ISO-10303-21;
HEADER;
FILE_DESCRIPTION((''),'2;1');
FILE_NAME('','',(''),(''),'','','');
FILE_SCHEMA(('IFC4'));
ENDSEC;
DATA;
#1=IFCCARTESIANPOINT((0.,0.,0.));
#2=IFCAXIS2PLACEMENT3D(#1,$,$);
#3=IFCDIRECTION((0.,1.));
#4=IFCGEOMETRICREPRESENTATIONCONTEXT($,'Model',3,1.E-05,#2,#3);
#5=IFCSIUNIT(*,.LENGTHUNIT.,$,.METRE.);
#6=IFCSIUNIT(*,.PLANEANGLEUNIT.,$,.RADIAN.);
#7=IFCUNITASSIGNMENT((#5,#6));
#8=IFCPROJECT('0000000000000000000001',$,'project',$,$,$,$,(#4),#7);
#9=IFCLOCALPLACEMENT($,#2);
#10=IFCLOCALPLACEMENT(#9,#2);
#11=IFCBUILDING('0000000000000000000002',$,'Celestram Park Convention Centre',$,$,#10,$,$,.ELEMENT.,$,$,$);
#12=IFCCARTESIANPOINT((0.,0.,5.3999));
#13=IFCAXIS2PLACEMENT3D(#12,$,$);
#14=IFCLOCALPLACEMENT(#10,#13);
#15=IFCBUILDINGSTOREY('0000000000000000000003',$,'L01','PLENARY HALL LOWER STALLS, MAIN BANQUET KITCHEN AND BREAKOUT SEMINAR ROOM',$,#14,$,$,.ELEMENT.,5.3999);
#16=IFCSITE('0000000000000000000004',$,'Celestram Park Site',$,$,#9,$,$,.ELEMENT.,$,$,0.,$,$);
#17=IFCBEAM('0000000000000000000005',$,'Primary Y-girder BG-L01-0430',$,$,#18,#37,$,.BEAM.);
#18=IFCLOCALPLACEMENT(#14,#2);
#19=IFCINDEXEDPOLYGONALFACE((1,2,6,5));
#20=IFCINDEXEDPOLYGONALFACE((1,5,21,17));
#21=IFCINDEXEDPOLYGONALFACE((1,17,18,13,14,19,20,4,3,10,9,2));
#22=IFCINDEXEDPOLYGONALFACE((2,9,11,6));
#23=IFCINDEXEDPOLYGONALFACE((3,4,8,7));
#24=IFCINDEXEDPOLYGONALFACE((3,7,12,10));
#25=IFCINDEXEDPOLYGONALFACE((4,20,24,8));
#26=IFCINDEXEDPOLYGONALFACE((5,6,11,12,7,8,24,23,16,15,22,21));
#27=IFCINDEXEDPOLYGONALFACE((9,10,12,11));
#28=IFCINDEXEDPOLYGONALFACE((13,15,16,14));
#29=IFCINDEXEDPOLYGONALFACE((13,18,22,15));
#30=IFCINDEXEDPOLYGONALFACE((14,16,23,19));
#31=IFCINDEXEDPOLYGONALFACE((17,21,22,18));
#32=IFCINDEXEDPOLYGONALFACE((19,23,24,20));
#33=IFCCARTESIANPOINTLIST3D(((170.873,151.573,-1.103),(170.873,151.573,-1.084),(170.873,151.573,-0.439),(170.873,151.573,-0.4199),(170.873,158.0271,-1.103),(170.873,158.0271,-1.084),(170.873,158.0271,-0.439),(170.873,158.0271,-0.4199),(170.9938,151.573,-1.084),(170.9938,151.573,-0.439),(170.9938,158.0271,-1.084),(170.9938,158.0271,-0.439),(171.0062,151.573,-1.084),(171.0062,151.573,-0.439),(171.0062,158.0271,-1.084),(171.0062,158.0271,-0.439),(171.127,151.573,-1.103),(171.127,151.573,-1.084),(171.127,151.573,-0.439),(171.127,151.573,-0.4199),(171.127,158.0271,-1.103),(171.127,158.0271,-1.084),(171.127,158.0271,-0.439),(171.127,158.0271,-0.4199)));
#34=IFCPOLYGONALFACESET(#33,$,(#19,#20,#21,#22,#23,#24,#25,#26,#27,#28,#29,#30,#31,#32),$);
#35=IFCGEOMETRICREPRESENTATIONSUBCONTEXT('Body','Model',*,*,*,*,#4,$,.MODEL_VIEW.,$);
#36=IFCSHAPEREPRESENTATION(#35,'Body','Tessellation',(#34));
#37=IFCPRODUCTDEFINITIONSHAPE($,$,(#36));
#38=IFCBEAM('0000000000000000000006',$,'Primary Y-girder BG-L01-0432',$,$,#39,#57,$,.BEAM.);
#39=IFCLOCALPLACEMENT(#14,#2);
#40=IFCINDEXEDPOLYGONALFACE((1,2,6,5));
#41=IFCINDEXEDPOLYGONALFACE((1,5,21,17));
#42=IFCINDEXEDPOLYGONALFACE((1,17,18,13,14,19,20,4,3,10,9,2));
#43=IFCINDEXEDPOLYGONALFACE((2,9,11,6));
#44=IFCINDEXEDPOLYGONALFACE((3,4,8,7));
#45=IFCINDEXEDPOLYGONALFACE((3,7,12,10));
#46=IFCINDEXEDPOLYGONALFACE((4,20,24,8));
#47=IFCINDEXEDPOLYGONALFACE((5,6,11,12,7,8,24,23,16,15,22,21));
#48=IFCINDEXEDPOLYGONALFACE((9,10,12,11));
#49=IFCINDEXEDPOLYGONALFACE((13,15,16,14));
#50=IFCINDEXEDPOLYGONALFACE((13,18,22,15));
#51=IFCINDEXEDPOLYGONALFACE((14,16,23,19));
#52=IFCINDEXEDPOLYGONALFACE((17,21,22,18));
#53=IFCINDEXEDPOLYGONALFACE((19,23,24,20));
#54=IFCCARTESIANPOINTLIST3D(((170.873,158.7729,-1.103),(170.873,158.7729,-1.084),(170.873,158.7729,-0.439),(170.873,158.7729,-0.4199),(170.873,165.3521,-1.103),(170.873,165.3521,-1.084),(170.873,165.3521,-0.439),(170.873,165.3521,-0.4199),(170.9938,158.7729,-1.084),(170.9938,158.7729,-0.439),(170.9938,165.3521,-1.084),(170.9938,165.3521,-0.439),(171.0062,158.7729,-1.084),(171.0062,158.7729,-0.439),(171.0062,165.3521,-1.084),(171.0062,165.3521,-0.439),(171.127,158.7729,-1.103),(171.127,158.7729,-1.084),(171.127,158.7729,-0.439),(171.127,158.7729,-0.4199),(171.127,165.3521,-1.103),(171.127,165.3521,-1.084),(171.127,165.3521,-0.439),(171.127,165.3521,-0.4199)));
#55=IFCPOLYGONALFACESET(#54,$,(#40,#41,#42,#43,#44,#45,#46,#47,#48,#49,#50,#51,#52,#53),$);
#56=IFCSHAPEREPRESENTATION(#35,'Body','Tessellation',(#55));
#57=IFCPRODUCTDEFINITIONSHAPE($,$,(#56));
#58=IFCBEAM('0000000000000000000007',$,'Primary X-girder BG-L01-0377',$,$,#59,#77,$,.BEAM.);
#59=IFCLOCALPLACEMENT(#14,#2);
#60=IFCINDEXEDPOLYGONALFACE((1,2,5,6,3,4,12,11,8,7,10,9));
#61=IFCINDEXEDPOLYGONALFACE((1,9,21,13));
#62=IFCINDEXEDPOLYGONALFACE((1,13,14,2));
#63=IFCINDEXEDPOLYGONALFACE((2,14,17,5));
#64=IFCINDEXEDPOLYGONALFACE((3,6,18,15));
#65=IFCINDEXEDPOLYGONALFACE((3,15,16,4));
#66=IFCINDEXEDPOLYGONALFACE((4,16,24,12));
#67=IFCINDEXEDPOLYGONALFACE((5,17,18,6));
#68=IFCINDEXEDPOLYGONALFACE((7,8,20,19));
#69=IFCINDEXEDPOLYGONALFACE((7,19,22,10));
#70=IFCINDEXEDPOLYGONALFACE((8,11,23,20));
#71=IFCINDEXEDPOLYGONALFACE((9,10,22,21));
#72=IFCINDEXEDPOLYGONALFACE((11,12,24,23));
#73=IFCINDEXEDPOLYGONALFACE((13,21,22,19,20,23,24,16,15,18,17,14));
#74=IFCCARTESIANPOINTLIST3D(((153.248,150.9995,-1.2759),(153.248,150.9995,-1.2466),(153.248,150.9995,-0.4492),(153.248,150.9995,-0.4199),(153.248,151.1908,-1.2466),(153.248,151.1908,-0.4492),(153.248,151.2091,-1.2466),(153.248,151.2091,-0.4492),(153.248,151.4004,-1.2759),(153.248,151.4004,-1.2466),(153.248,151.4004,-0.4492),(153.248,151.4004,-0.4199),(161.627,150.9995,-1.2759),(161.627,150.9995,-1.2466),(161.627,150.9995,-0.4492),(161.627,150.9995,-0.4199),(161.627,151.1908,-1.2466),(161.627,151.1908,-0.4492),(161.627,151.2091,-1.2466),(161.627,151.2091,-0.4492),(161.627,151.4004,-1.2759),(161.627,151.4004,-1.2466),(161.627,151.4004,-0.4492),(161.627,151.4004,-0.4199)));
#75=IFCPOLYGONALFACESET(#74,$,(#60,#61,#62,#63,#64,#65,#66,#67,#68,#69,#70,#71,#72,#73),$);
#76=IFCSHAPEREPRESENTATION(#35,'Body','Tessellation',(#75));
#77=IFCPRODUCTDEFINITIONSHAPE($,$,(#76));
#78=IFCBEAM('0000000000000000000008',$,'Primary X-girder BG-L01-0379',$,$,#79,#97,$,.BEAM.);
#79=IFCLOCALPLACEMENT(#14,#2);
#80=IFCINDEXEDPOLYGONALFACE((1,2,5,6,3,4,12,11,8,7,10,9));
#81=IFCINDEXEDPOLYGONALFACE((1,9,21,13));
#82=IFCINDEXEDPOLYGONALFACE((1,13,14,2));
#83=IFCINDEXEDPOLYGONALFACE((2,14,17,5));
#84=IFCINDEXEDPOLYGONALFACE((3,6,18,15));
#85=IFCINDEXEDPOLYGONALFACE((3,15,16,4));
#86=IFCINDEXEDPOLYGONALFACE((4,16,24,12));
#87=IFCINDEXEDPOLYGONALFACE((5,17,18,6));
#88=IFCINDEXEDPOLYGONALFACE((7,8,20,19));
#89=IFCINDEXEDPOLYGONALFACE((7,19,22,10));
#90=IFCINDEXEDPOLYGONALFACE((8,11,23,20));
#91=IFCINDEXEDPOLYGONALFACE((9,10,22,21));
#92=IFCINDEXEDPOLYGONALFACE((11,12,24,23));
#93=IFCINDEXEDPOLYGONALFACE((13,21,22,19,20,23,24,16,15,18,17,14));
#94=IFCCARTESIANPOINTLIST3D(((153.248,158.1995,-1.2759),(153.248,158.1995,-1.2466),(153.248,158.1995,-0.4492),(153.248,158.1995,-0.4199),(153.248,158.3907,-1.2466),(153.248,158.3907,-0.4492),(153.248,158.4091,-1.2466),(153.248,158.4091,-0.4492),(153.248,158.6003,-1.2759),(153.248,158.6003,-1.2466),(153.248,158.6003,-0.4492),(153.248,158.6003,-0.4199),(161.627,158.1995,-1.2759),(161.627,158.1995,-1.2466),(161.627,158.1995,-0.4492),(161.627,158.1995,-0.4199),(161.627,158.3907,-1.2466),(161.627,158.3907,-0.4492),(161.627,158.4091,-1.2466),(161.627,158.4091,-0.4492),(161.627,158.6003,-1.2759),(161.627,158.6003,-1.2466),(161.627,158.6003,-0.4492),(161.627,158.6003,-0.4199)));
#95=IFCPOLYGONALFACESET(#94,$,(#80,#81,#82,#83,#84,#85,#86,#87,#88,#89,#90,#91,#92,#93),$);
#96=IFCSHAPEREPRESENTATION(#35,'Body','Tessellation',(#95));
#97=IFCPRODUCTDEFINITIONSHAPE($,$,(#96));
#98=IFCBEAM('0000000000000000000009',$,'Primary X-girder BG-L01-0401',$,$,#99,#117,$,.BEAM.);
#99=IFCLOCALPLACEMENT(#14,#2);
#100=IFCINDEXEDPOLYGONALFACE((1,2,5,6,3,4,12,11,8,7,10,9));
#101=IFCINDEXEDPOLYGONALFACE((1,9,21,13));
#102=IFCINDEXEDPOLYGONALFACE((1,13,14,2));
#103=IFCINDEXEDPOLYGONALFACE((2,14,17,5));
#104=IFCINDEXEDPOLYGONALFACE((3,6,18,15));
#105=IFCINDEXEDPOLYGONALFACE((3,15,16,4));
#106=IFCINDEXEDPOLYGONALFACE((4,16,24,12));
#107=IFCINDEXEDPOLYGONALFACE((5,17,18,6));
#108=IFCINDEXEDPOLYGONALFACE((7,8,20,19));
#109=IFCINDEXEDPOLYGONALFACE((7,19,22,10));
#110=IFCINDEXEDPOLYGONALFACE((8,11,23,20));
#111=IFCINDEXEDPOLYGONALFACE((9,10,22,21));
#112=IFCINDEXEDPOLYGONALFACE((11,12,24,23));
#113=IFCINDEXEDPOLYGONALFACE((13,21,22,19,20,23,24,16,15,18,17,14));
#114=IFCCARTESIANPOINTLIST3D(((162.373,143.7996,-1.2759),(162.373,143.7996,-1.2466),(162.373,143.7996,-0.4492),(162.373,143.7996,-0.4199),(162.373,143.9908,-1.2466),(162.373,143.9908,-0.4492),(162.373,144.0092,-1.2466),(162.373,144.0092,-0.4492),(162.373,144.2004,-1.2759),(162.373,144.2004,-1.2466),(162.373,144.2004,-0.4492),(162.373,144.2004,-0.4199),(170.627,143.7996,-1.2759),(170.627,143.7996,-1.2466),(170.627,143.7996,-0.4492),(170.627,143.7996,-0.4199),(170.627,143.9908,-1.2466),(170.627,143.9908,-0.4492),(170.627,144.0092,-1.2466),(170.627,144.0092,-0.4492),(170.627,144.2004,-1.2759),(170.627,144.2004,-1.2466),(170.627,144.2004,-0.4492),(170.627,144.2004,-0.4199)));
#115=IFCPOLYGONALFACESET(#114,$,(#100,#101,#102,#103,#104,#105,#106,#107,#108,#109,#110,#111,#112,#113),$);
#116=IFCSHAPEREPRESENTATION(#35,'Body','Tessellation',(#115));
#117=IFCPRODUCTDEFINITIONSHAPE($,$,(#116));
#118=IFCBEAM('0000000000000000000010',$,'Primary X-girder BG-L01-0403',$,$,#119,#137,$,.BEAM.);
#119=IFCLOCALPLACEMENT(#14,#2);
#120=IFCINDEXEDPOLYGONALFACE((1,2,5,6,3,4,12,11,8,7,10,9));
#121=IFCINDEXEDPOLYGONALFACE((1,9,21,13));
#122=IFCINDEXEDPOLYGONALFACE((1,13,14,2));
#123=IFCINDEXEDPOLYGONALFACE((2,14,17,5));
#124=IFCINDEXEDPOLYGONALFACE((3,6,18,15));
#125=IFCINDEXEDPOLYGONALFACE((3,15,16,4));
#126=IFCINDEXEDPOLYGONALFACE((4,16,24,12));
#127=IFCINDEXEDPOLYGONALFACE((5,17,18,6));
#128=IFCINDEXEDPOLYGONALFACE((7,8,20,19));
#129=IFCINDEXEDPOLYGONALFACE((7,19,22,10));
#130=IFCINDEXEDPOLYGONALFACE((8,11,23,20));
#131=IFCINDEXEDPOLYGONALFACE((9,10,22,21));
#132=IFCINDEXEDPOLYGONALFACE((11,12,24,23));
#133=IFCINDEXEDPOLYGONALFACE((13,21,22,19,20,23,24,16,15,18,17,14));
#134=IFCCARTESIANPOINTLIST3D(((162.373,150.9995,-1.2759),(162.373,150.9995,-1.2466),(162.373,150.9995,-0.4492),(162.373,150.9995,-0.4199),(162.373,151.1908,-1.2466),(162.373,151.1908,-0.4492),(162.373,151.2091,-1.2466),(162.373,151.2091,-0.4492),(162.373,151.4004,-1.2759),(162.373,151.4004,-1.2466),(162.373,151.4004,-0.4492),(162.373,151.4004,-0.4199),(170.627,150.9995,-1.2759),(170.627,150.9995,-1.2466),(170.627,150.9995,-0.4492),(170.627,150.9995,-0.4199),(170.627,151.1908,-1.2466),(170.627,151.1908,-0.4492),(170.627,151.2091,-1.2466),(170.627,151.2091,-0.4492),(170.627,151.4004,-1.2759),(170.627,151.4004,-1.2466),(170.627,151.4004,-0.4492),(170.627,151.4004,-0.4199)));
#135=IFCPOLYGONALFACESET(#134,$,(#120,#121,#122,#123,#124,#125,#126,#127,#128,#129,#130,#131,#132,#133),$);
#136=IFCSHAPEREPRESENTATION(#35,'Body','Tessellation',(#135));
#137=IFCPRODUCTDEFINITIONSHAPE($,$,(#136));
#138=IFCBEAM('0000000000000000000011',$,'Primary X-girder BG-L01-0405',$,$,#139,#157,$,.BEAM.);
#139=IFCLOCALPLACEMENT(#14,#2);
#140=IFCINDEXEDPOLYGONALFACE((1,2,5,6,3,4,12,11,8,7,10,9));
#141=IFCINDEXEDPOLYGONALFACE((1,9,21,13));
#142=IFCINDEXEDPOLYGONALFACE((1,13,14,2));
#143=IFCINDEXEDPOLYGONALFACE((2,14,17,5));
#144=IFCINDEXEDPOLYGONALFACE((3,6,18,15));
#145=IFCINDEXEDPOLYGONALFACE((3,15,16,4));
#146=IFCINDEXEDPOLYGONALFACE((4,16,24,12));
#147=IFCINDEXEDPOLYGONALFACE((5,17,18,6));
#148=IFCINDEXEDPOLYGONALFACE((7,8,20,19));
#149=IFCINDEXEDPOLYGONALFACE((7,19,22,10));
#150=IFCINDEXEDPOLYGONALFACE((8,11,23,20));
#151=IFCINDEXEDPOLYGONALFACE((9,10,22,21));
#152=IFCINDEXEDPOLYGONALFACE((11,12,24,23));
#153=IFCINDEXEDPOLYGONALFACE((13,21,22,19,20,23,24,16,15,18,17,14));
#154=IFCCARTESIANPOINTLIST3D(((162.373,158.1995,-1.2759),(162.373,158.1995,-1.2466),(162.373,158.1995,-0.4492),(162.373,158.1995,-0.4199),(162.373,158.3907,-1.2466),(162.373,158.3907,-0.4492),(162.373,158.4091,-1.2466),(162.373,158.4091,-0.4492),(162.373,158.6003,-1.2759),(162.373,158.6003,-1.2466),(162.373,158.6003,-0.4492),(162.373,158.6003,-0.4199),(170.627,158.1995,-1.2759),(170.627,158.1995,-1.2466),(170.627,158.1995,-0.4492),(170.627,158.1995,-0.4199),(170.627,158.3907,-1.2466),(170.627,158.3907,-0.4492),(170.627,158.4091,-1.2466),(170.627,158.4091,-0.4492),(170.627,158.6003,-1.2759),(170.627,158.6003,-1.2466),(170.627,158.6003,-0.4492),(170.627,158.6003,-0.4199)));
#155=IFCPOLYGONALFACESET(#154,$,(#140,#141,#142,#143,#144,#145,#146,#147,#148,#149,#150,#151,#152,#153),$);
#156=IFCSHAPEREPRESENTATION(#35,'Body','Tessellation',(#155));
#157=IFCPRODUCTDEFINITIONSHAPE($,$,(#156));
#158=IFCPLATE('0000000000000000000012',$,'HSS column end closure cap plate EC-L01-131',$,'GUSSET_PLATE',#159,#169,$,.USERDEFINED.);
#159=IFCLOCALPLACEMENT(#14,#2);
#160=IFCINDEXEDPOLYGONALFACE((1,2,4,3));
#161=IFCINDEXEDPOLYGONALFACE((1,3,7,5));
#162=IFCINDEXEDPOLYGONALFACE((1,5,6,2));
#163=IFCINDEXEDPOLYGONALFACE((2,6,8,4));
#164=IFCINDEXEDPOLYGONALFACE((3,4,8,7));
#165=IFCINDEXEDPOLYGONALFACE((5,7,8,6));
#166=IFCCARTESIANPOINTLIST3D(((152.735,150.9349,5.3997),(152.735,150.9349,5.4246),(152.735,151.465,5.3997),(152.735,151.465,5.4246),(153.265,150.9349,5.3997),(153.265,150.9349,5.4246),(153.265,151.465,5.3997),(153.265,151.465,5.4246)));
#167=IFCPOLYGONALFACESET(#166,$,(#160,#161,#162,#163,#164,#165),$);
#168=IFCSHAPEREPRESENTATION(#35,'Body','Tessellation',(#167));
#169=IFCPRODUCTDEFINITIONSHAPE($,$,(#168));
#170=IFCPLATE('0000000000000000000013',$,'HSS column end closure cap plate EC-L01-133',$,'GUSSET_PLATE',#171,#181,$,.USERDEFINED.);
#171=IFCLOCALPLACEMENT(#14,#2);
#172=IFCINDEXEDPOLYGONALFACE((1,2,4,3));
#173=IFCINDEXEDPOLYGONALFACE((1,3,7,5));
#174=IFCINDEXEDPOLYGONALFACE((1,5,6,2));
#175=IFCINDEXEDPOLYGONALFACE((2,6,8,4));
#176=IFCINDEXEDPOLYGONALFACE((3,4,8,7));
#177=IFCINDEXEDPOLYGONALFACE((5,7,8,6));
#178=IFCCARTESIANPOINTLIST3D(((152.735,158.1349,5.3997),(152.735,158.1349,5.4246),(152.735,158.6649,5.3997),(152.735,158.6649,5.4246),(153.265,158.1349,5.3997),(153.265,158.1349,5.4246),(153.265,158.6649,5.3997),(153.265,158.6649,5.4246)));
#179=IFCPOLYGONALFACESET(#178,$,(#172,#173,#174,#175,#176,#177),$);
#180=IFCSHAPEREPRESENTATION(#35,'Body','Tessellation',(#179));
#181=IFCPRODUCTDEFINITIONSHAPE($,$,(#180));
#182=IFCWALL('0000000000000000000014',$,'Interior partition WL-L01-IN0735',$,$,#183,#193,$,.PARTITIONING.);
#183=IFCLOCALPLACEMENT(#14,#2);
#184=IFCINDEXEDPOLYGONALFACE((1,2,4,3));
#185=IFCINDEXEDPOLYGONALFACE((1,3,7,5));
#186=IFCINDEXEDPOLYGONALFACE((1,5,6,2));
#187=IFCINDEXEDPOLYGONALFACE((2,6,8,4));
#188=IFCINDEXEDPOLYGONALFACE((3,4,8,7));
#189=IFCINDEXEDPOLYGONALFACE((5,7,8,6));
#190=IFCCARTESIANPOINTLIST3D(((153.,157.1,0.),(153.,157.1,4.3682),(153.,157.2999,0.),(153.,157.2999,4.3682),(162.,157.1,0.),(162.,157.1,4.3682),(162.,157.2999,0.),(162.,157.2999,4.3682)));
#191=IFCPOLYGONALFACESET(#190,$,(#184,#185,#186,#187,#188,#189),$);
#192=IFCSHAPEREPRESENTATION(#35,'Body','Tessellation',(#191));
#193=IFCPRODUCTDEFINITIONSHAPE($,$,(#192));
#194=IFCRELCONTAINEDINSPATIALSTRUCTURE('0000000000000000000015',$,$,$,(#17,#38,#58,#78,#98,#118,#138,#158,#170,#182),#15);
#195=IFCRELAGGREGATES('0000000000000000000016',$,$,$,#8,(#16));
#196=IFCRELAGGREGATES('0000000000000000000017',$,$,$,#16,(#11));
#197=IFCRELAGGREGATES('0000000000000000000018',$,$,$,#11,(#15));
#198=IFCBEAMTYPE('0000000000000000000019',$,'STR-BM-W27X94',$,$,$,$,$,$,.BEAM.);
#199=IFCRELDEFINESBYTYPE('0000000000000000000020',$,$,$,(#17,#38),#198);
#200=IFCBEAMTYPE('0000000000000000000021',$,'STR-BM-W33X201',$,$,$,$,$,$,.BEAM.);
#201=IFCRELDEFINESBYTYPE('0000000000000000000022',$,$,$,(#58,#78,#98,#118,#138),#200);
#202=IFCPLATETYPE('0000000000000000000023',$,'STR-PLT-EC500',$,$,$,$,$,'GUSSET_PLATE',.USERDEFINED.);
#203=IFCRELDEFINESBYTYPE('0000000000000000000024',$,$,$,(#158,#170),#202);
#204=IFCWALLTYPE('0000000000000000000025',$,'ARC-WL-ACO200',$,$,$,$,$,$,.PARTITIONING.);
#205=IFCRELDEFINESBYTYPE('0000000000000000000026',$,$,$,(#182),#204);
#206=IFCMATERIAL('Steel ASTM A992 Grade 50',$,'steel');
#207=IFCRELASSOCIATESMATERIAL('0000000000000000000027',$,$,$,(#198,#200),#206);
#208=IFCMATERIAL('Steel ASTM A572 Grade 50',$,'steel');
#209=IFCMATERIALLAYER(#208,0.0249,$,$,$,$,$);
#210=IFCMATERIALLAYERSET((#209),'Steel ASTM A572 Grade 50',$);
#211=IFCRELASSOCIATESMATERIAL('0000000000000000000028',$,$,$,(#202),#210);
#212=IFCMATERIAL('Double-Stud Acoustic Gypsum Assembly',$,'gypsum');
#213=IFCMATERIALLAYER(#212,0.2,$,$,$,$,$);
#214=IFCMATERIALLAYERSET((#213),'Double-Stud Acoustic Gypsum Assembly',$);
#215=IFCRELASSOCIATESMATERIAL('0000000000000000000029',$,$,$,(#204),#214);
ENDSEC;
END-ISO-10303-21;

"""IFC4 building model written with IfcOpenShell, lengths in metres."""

from ifc_helpers import new_model, si_unit, direction, frame, frame_2d, origin, origin_2d, place, context, subcontext, project, spatial, rectangle, i_section, extrude, material, layer, layer_set, material_profile, profile_set, type_object, element, save


model = new_model("IFC4")

# Units and contexts
model_context = context("Model", 3, precision=1e-05, world=origin(), true_north=direction((0.0, 1.0)))
body_context = subcontext(model_context, "Body", "Model", "MODEL_VIEW")
ifc_project = project(units=[si_unit("LENGTHUNIT", "METRE"), si_unit("PLANEANGLEUNIT", "RADIAN")], contexts=[model_context])

# Site, building, storey
site_placement = place(None, origin())
site = spatial("IfcSite", under=ifc_project, at=site_placement, Name="Celestram Park Site", CompositionType="ELEMENT", RefElevation=0.0)
building_placement = place(site_placement, origin())
building = spatial("IfcBuilding", under=site, at=building_placement, Name="Celestram Park Convention Centre", CompositionType="ELEMENT")
storey_placement = place(building_placement, frame((0.0, 0.0, 5.3999)))
storey = spatial("IfcBuildingStorey", under=building, at=storey_placement, Name="L01", Description="PLENARY HALL LOWER STALLS, MAIN BANQUET KITCHEN AND BREAKOUT SEMINAR ROOM", CompositionType="ELEMENT", Elevation=5.3999)

# Beams
ifc_material_1 = material(Name="Steel ASTM A992 Grade 50", Category="steel")
ifc_material_profile_1 = material_profile(ifc_material_1, i_section(OverallWidth=0.2539, OverallDepth=0.6831, WebThickness=0.0125, FlangeThickness=0.019, at=origin_2d()), Name="W27X94")
ifc_profile_set_1 = profile_set([ifc_material_profile_1], Name="Steel ASTM A992 Grade 50")
beam_type_1 = type_object("IfcBeamType", Name="STR-BM-W27X94", PredefinedType="BEAM", material=ifc_profile_set_1)
beam_1_placement = place(storey_placement, frame((171.0, 151.573, -0.7615), z_axis=(0.0, 1.0, 0.0), x_axis=(-1.0, 0.0, 0.0)))
element("IfcBeam", 1, at=beam_1_placement, inside=storey, type_object=beam_type_1, Name="Primary Y-girder BG-L01-0430", PredefinedType="BEAM", context=body_context, shape_type="SweptSolid", body=[
    extrude(i_section(OverallWidth=0.2539, OverallDepth=0.6831, WebThickness=0.0125, FlangeThickness=0.019, at=origin_2d()), origin(), (0.0, 0.0, 1.0), 6.4541),
])
beam_2_placement = place(storey_placement, frame((171.0, 158.7729, -0.7615), z_axis=(0.0, 1.0, 0.0), x_axis=(-1.0, 0.0, 0.0)))
element("IfcBeam", 2, at=beam_2_placement, inside=storey, type_object=beam_type_1, Name="Primary Y-girder BG-L01-0432", PredefinedType="BEAM", context=body_context, shape_type="SweptSolid", body=[
    extrude(i_section(OverallWidth=0.2539, OverallDepth=0.6831, WebThickness=0.0125, FlangeThickness=0.019, at=origin_2d()), origin(), (0.0, 0.0, 1.0), 6.5791),
])
ifc_material_profile_2 = material_profile(ifc_material_1, i_section(OverallWidth=0.4009, OverallDepth=0.856, WebThickness=0.0183, FlangeThickness=0.0293, at=origin_2d()), Name="W33X201")
ifc_profile_set_2 = profile_set([ifc_material_profile_2], Name="Steel ASTM A992 Grade 50")
beam_type_2 = type_object("IfcBeamType", Name="STR-BM-W33X201", PredefinedType="BEAM", material=ifc_profile_set_2)
for number, where, z_axis, x_axis, name in (
    (3, (153.248, 151.2, -0.8479), (1.0, 0.0, 0.0), (0.0, 1.0, 0.0), "Primary X-girder BG-L01-0377"),
    (4, (153.248, 158.3999, -0.8479), (1.0, 0.0, 0.0), (0.0, 1.0, 0.0), "Primary X-girder BG-L01-0379"),
):
    element("IfcBeam", number, at=place(storey_placement, frame(where, z_axis=z_axis, x_axis=x_axis)), inside=storey, type_object=beam_type_2, Name=name, PredefinedType="BEAM", context=body_context, shape_type="SweptSolid", body=[
        extrude(i_section(OverallWidth=0.4009, OverallDepth=0.856, WebThickness=0.0183, FlangeThickness=0.0293, at=origin_2d()), origin(), (0.0, 0.0, 1.0), 8.3789),
    ])
for number, where, z_axis, x_axis, name in (
    (5, (162.373, 144.0, -0.8479), (1.0, 0.0, 0.0), (0.0, 1.0, 0.0), "Primary X-girder BG-L01-0401"),
    (6, (162.373, 151.2, -0.8479), (1.0, 0.0, 0.0), (0.0, 1.0, 0.0), "Primary X-girder BG-L01-0403"),
    (7, (162.373, 158.3999, -0.8479), (1.0, 0.0, 0.0), (0.0, 1.0, 0.0), "Primary X-girder BG-L01-0405"),
):
    element("IfcBeam", number, at=place(storey_placement, frame(where, z_axis=z_axis, x_axis=x_axis)), inside=storey, type_object=beam_type_2, Name=name, PredefinedType="BEAM", context=body_context, shape_type="SweptSolid", body=[
        extrude(i_section(OverallWidth=0.4009, OverallDepth=0.856, WebThickness=0.0183, FlangeThickness=0.0293, at=origin_2d()), origin(), (0.0, 0.0, 1.0), 8.2539),
    ])

# Plates
ifc_material_2 = material(Name="Steel ASTM A572 Grade 50", Category="steel")
ifc_layer_1 = layer(ifc_material_2, 0.0249)
ifc_layer_set_1 = layer_set([ifc_layer_1], Name="Steel ASTM A572 Grade 50")
plate_type = type_object("IfcPlateType", Name="STR-PLT-EC500", ElementType="GUSSET_PLATE", PredefinedType="USERDEFINED", material=ifc_layer_set_1)
for number, where, z_axis, x_axis, name in (
    (8, (153.0, 151.2, 5.3997), (0.0, 0.0, 1.0), (1.0, 0.0, 0.0), "HSS column end closure cap plate EC-L01-131"),
    (9, (153.0, 158.3999, 5.3997), (0.0, 0.0, 1.0), (1.0, 0.0, 0.0), "HSS column end closure cap plate EC-L01-133"),
):
    element("IfcPlate", number, at=place(storey_placement, frame(where, z_axis=z_axis, x_axis=x_axis)), inside=storey, type_object=plate_type, Name=name, ObjectType="GUSSET_PLATE", PredefinedType="USERDEFINED", context=body_context, shape_type="SweptSolid", body=[
        extrude(rectangle(XDim=0.53, YDim=0.53, at=origin_2d()), origin(), (0.0, 0.0, 1.0), 0.0249),
    ])

# Wall
ifc_material_3 = material(Name="Double-Stud Acoustic Gypsum Assembly", Category="gypsum")
ifc_layer_2 = layer(ifc_material_3, 0.2)
ifc_layer_set_2 = layer_set([ifc_layer_2], Name="Double-Stud Acoustic Gypsum Assembly")
wall_type_1 = type_object("IfcWallType", Name="ARC-WL-ACO200", PredefinedType="PARTITIONING", material=ifc_layer_set_2)
wall_1_placement = place(storey_placement, frame((153.0, 157.2, 0.0), z_axis=(0.0, 0.0, 1.0), x_axis=(1.0, 0.0, 0.0)))
element("IfcWall", 10, at=wall_1_placement, inside=storey, type_object=wall_type_1, Name="Interior partition WL-L01-IN0735", PredefinedType="PARTITIONING", context=body_context, shape_type="SweptSolid", body=[
    extrude(rectangle(XDim=9.0, YDim=0.2, at=frame_2d((4.5, 0.0))), origin(), (0.0, 0.0, 1.0), 4.3682),
])

save(model, "model.ifc")
